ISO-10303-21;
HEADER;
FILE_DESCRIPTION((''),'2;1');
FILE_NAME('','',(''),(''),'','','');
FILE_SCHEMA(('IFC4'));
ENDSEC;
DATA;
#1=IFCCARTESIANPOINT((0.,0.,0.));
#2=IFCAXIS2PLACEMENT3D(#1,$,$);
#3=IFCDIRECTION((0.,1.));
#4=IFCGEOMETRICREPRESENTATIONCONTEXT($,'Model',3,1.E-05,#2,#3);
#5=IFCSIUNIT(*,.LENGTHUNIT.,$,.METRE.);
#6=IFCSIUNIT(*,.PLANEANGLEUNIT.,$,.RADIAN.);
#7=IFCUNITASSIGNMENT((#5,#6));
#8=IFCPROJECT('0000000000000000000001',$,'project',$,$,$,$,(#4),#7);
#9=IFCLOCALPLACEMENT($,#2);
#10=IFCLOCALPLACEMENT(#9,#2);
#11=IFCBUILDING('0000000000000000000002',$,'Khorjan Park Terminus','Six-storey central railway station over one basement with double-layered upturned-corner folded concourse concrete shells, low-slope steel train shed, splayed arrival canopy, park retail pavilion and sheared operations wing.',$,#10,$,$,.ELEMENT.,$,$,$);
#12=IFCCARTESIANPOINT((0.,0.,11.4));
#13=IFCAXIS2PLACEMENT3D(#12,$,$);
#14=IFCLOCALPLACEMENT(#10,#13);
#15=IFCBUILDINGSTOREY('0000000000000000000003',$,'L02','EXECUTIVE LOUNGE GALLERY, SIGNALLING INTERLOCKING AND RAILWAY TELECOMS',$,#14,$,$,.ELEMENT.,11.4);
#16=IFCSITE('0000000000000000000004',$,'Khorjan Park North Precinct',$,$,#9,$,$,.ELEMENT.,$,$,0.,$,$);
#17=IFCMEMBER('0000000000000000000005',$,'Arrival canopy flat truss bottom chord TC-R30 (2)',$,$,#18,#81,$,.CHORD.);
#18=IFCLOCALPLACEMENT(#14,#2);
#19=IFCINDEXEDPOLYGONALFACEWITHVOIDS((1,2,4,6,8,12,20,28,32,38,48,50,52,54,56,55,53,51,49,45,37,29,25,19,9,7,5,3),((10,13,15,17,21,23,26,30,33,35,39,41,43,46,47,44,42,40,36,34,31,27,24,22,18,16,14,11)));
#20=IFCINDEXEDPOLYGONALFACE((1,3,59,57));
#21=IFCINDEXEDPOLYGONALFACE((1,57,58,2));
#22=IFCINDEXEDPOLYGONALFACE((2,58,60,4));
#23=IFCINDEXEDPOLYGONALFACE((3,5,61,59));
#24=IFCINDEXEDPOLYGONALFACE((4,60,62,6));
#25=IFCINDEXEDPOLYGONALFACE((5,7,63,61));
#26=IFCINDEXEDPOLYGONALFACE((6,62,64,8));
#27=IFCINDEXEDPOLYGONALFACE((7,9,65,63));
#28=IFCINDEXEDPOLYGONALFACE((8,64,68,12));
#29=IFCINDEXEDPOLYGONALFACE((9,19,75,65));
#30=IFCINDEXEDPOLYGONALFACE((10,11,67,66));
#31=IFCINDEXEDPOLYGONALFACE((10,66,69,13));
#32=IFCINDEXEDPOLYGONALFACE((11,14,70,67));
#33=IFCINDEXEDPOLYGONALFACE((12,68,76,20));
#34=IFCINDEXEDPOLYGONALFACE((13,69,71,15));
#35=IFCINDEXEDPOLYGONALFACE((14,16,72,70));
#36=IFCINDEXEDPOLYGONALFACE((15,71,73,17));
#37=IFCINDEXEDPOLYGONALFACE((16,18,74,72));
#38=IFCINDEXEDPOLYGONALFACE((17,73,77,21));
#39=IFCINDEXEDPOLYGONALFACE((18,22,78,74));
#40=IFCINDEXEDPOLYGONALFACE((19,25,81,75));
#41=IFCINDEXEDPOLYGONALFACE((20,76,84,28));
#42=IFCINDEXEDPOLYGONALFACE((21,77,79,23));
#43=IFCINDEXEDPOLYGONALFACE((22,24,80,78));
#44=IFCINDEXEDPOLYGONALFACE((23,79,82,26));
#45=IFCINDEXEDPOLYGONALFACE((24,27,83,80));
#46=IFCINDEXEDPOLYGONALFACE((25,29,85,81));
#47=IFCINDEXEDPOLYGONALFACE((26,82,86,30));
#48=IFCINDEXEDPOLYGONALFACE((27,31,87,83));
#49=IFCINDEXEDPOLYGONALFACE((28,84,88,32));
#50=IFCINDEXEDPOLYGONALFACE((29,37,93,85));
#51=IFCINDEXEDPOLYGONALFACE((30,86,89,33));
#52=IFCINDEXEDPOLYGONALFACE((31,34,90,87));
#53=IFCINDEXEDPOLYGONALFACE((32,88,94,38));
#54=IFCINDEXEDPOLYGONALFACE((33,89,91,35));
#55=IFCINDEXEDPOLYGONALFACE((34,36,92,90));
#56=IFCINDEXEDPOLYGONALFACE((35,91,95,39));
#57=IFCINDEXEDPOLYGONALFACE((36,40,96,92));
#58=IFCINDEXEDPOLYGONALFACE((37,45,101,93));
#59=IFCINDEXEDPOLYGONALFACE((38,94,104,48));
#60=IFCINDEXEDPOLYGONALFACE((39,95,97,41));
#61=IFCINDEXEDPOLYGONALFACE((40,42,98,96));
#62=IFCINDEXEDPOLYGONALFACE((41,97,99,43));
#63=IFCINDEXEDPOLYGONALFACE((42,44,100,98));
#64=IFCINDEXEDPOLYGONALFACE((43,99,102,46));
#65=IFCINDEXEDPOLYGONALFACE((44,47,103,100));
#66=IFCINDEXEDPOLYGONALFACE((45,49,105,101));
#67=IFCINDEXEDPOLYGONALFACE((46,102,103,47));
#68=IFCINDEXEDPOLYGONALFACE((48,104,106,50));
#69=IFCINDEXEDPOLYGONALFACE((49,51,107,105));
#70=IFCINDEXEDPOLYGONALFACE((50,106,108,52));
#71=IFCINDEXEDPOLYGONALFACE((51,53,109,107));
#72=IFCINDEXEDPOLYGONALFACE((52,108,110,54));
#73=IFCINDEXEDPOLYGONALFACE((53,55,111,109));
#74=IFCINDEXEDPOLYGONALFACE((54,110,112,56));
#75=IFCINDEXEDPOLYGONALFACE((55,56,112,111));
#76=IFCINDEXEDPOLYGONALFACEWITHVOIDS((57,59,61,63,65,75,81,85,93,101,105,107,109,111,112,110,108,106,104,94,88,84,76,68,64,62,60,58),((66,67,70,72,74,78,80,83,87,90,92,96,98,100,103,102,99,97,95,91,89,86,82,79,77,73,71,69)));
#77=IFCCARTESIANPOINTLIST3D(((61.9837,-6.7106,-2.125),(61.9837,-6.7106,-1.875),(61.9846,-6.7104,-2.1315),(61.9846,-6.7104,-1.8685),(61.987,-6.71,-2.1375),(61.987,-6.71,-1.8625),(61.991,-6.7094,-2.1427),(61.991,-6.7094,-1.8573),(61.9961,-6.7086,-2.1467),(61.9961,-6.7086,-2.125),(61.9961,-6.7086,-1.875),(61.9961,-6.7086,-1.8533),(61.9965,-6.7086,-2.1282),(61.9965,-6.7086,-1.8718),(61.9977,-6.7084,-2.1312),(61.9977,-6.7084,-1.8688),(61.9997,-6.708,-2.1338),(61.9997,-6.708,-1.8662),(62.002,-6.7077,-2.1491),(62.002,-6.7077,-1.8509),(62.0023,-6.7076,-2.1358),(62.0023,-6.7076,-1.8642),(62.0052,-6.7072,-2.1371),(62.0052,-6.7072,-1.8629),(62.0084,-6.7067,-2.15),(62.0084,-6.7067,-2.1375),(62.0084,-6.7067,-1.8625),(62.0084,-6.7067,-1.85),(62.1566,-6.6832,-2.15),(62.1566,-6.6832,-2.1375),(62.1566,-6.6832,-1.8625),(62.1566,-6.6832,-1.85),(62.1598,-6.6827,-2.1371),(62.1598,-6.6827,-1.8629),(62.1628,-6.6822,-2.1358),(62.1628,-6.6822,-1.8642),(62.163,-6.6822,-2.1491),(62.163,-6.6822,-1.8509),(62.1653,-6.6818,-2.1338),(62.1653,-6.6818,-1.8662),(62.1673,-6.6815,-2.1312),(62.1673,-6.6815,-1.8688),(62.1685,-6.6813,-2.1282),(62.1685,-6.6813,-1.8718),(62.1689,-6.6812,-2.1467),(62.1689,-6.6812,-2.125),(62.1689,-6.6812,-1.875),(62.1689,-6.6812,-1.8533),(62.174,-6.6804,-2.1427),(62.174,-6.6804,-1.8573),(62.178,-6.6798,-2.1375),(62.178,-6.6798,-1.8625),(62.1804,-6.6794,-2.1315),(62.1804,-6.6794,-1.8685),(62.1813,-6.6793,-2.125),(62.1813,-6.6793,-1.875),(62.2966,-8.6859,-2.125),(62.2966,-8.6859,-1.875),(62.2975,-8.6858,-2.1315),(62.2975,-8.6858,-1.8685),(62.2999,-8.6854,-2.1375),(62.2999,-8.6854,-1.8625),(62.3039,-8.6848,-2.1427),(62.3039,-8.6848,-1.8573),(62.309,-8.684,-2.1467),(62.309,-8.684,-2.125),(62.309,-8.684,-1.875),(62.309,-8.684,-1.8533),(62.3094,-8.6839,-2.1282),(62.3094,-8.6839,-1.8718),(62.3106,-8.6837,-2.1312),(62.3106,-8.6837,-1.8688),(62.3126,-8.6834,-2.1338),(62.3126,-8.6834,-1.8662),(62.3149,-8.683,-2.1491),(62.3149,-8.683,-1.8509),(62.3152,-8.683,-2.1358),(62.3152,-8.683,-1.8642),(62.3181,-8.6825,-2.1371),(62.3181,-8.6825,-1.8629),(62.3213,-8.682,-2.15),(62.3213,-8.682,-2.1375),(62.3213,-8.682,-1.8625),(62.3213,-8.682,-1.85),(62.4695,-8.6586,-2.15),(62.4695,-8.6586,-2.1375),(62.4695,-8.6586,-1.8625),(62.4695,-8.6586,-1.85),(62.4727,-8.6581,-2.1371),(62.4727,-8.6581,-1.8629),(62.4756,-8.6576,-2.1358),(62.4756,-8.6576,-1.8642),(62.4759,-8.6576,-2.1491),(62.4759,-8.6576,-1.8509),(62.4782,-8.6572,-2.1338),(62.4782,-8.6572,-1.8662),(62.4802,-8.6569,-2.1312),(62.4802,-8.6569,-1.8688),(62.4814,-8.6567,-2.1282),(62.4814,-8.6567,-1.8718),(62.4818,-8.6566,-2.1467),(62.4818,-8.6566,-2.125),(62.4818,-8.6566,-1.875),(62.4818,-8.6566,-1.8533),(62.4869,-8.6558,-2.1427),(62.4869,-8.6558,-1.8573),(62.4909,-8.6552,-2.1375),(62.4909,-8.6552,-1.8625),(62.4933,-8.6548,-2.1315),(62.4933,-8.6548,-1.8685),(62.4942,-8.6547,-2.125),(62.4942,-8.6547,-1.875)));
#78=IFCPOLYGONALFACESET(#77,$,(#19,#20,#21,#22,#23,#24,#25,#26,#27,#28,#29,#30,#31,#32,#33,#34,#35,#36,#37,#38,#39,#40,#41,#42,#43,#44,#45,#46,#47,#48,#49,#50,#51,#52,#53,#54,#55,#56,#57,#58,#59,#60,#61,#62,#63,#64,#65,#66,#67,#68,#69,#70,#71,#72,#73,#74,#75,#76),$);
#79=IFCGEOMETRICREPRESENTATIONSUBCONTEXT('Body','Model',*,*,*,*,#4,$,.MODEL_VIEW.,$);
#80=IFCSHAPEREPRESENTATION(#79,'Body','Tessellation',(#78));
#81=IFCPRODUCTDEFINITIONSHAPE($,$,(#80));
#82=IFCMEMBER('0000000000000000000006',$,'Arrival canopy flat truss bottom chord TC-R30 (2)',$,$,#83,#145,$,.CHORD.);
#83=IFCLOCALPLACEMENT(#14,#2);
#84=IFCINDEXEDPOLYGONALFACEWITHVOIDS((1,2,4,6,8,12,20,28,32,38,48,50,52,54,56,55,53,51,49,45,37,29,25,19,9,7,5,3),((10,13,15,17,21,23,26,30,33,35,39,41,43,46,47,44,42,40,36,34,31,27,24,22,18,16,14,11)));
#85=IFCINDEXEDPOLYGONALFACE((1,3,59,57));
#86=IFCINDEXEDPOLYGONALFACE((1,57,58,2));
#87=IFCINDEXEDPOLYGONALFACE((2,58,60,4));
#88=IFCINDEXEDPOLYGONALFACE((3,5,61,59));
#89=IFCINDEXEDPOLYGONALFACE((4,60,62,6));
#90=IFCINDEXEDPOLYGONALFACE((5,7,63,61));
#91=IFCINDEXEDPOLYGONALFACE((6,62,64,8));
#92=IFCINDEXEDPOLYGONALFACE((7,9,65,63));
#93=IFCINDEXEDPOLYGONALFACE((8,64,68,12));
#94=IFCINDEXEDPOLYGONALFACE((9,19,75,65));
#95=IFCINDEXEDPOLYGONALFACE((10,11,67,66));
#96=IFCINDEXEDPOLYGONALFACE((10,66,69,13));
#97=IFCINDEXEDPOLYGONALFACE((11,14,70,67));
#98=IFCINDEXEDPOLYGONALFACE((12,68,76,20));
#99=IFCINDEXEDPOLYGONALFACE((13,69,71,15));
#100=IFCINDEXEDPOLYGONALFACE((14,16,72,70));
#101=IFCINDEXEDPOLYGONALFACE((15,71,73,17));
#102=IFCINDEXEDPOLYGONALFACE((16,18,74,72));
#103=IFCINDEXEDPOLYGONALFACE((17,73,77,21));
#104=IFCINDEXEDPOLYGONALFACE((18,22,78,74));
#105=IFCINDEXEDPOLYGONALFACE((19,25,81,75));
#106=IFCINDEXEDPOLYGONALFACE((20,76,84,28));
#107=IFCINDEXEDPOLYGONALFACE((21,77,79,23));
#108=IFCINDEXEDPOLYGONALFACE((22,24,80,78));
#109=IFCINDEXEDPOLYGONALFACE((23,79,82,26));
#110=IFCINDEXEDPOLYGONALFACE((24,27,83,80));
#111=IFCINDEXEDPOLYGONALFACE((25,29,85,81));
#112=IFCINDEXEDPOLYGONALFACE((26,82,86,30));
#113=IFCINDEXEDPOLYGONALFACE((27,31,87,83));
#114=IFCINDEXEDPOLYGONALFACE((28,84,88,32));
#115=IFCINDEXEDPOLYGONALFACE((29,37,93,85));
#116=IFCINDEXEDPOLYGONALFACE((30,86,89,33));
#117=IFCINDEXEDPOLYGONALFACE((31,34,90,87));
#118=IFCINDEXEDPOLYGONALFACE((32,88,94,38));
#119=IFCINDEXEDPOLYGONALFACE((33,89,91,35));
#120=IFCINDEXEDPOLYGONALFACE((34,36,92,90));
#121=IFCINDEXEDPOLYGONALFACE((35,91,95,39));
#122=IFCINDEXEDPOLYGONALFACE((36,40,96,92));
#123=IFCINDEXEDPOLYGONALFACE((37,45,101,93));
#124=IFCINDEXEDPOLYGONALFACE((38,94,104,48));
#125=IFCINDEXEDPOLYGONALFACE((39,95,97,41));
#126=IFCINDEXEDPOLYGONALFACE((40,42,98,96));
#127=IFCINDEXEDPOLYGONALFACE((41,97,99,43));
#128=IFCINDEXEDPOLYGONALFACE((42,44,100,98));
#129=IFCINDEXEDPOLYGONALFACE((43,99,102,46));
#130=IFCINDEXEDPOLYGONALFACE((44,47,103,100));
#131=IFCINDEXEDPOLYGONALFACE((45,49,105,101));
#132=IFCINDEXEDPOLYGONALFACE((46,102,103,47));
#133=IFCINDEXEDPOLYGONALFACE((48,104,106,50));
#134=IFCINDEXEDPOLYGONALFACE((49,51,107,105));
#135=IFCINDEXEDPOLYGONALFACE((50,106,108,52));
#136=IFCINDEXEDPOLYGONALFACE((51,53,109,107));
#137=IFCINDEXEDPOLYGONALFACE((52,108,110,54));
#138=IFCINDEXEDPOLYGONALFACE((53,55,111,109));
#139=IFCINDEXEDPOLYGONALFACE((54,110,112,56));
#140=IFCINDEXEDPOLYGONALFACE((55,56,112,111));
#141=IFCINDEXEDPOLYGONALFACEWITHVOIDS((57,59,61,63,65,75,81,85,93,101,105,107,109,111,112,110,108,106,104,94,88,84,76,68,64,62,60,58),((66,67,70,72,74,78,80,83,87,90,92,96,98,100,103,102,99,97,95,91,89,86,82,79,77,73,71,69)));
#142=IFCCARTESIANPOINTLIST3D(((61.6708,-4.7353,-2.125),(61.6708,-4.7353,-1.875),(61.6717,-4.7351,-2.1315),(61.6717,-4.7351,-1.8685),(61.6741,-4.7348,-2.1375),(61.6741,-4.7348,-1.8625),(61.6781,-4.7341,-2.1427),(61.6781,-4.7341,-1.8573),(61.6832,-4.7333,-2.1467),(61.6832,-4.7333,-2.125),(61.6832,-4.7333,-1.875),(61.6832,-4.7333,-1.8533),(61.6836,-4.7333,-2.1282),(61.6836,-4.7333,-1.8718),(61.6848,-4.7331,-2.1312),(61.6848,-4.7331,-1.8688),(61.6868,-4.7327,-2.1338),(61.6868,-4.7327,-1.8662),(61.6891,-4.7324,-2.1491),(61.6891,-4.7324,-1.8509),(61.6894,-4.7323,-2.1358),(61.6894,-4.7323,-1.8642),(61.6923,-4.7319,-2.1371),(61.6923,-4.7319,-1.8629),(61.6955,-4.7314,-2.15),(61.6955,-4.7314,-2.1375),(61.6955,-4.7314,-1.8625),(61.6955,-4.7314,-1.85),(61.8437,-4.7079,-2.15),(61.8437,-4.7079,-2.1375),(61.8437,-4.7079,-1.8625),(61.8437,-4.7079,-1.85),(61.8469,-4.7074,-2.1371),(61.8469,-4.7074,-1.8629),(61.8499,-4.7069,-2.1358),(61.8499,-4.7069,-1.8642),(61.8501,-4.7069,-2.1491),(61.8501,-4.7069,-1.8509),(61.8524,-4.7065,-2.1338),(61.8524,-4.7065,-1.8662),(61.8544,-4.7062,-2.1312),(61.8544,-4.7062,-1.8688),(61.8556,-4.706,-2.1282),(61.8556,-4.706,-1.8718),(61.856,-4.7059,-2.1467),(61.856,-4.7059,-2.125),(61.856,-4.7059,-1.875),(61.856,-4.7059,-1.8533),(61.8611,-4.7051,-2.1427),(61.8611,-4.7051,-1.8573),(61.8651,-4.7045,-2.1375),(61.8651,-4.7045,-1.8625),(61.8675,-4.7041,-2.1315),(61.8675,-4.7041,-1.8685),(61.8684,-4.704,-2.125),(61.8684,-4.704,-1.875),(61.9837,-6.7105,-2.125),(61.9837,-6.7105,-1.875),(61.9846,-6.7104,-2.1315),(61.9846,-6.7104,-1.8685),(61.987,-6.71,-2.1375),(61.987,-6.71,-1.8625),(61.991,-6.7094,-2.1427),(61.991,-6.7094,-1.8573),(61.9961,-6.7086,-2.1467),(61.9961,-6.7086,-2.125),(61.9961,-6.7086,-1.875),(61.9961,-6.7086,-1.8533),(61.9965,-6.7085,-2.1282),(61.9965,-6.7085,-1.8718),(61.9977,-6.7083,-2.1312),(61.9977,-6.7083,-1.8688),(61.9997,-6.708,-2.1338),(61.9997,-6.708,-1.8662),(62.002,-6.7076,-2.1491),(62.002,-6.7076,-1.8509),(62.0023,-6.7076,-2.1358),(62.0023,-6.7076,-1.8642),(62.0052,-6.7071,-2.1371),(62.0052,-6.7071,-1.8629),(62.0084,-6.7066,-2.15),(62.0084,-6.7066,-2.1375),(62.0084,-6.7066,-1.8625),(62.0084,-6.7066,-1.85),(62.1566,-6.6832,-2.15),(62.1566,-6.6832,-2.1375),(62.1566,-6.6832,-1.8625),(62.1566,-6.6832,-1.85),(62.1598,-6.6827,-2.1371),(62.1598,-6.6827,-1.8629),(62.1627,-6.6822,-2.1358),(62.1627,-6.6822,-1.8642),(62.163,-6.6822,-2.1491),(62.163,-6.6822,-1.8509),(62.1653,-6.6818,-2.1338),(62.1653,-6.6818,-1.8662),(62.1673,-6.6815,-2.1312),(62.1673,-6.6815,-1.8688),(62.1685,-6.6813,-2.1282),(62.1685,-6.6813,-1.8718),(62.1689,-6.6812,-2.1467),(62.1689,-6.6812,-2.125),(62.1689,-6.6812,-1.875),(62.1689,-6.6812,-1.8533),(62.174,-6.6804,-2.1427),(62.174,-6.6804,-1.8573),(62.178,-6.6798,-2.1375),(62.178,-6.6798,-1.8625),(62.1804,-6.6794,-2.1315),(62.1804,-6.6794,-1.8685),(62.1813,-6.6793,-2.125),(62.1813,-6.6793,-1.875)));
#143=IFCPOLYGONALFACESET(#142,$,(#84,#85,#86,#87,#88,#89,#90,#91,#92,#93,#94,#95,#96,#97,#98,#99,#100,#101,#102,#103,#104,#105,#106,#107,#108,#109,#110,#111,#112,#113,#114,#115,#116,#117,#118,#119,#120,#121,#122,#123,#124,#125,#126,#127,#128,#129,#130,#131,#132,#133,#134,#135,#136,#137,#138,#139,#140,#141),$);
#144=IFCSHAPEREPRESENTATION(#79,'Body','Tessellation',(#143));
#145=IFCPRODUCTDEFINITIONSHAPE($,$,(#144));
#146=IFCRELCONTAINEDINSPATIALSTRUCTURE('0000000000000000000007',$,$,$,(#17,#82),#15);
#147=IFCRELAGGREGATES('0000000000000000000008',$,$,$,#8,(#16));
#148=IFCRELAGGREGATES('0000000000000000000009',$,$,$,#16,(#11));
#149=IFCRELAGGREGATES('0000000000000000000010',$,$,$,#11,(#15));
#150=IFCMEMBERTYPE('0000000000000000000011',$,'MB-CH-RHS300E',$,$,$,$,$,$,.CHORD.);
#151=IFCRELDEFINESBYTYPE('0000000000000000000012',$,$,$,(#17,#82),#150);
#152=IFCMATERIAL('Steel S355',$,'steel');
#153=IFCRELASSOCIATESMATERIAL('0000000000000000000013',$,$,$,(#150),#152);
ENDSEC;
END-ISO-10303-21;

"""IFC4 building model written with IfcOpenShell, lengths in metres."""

from ifc_helpers import new_model, si_unit, direction, frame, origin, origin_2d, place, context, subcontext, project, spatial, hollow_rectangle, extrude, material, material_profile, profile_set, type_object, element, save


model = new_model("IFC4")

# Units and contexts
model_context = context("Model", 3, precision=1e-05, world=origin(), true_north=direction((0.0, 1.0)))
body_context = subcontext(model_context, "Body", "Model", "MODEL_VIEW")
ifc_project = project(units=[si_unit("LENGTHUNIT", "METRE"), si_unit("PLANEANGLEUNIT", "RADIAN")], contexts=[model_context])

# Site, building, storey
site_placement = place(None, origin())
site = spatial("IfcSite", under=ifc_project, at=site_placement, Name="Khorjan Park North Precinct", CompositionType="ELEMENT", RefElevation=0.0)
building_placement = place(site_placement, origin())
building = spatial("IfcBuilding", under=site, at=building_placement, Name="Khorjan Park Terminus", Description="Six-storey central railway station over one basement with double-layered upturned-corner folded concourse concrete shells, low-slope steel train shed, splayed arrival canopy, park retail pavilion and sheared operations wing.", CompositionType="ELEMENT")
storey_placement = place(building_placement, frame((0.0, 0.0, 11.4)))
storey = spatial("IfcBuildingStorey", under=building, at=storey_placement, Name="L02", Description="EXECUTIVE LOUNGE GALLERY, SIGNALLING INTERLOCKING AND RAILWAY TELECOMS", CompositionType="ELEMENT", Elevation=11.4)

# Members
ifc_material = material(Name="Steel S355", Category="steel")
ifc_material_profile_1 = material_profile(ifc_material, hollow_rectangle(XDim=0.2, YDim=0.3, WallThickness=0.0125, InnerFilletRadius=0.0125, OuterFilletRadius=0.025, at=origin_2d()), Name="RHS 300x200x12.5")
ifc_profile_set_1 = profile_set([ifc_material_profile_1], Name="Steel S355")
member_type_1 = type_object("IfcMemberType", Name="MB-CH-RHS300E", PredefinedType="CHORD", material=ifc_profile_set_1)
for number, where, z_axis, x_axis, name in (
    (1, (62.3954, -8.6703, -2.0), (-0.156448, 0.987686, 0.0), (-0.987686, -0.156448, 0.0), "Arrival canopy flat truss bottom chord TC-R30 (2)"),
):
    element("IfcMember", number, at=place(storey_placement, frame(where, z_axis=z_axis, x_axis=x_axis)), inside=storey, type_object=member_type_1, Name=name, PredefinedType="CHORD", context=body_context, shape_type="SweptSolid", body=[
        extrude(hollow_rectangle(XDim=0.2, YDim=0.3, WallThickness=0.0125, InnerFilletRadius=0.0125, OuterFilletRadius=0.025, at=origin_2d()), origin(), (0.0, 0.0, 1.0), 2.0),
    ])
member_1_placement = place(storey_placement, frame((62.0825, -6.6949, -2.0), z_axis=(-0.156456, 0.987685, 0.0), x_axis=(-0.987685, -0.156456, 0.0)))
element("IfcMember", 2, at=member_1_placement, inside=storey, type_object=member_type_1, Name="Arrival canopy flat truss bottom chord TC-R30 (2)", PredefinedType="CHORD", context=body_context, shape_type="SweptSolid", body=[
    extrude(hollow_rectangle(XDim=0.2, YDim=0.3, WallThickness=0.0125, InnerFilletRadius=0.0125, OuterFilletRadius=0.025, at=origin_2d()), origin(), (0.0, 0.0, 1.0), 1.9999),
])

save(model, "model.ifc")
